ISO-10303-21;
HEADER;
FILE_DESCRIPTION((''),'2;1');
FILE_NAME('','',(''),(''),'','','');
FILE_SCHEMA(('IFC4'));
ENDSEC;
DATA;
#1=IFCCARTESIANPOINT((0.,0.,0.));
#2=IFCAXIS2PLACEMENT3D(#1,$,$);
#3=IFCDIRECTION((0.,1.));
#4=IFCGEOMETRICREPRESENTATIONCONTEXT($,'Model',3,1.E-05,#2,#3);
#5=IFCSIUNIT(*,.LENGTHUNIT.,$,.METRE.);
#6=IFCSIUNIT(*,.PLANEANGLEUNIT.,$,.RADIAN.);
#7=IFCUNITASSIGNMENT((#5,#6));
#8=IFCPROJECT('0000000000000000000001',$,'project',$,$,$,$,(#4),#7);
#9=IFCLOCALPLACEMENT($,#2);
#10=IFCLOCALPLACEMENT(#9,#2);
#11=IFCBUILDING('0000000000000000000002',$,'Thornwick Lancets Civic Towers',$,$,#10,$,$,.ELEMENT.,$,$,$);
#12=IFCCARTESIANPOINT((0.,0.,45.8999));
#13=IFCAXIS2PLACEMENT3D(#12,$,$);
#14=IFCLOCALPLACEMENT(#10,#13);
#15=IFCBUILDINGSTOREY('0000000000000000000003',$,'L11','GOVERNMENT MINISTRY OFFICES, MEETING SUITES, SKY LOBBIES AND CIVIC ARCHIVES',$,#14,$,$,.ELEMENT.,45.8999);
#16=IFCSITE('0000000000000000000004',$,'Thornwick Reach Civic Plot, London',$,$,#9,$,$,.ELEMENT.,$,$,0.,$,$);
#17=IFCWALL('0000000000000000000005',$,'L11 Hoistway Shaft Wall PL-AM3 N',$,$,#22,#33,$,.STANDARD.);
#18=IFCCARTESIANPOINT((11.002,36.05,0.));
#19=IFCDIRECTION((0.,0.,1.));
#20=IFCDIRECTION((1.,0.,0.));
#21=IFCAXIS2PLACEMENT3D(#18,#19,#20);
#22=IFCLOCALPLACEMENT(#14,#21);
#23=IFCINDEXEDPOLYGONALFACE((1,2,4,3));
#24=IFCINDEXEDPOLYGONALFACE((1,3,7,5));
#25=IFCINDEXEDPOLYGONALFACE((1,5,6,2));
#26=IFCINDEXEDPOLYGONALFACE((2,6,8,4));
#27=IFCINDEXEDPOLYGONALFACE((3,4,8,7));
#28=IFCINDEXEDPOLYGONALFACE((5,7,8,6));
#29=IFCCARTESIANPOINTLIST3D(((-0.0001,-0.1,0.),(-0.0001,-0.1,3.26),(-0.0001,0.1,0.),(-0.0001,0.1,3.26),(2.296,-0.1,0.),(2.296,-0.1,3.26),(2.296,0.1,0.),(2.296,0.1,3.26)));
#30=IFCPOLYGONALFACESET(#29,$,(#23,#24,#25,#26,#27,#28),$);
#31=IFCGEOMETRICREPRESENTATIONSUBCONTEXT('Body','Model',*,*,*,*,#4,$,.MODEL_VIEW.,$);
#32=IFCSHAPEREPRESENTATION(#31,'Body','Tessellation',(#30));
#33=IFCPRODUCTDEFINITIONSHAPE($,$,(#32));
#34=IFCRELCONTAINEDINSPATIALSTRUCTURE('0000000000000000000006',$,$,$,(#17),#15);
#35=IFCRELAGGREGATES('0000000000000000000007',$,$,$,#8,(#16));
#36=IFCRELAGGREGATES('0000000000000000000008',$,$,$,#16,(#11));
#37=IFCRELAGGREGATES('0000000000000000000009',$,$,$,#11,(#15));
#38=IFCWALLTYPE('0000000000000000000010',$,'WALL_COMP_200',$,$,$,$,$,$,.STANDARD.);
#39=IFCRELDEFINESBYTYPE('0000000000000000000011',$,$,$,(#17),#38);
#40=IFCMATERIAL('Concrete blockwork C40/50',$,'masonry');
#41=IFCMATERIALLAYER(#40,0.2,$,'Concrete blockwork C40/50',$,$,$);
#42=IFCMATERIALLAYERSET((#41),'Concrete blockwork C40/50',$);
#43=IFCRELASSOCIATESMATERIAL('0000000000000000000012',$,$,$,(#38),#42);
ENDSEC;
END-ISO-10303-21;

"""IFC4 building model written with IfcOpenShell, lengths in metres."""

from ifc_helpers import new_model, si_unit, direction, frame, frame_2d, origin, place, context, subcontext, project, spatial, rectangle, extrude, material, layer, layer_set, type_object, element, save


model = new_model("IFC4")

# Units and contexts
model_context = context("Model", 3, precision=1e-05, world=origin(), true_north=direction((0.0, 1.0)))
body_context = subcontext(model_context, "Body", "Model", "MODEL_VIEW")
ifc_project = project(units=[si_unit("LENGTHUNIT", "METRE"), si_unit("PLANEANGLEUNIT", "RADIAN")], contexts=[model_context])

# Site, building, storey
site_placement = place(None, origin())
site = spatial("IfcSite", under=ifc_project, at=site_placement, Name="Thornwick Reach Civic Plot, London", CompositionType="ELEMENT", RefElevation=0.0)
building_placement = place(site_placement, origin())
building = spatial("IfcBuilding", under=site, at=building_placement, Name="Thornwick Lancets Civic Towers", CompositionType="ELEMENT")
storey_placement = place(building_placement, frame((0.0, 0.0, 45.8999)))
storey = spatial("IfcBuildingStorey", under=building, at=storey_placement, Name="L11", Description="GOVERNMENT MINISTRY OFFICES, MEETING SUITES, SKY LOBBIES AND CIVIC ARCHIVES", CompositionType="ELEMENT", Elevation=45.8999)

# Wall
ifc_material_1 = material(Name="Concrete blockwork C40/50", Category="masonry")
ifc_layer_1 = layer(ifc_material_1, 0.2, Name="Concrete blockwork C40/50")
ifc_layer_set_1 = layer_set([ifc_layer_1], Name="Concrete blockwork C40/50")
wall_type_1 = type_object("IfcWallType", Name="WALL_COMP_200", PredefinedType="STANDARD", material=ifc_layer_set_1)
wall_1_placement = place(storey_placement, frame((11.002, 36.05, 0.0), z_axis=(0.0, 0.0, 1.0), x_axis=(1.0, 0.0, 0.0)))
element("IfcWall", 1, at=wall_1_placement, inside=storey, type_object=wall_type_1, Name="L11 Hoistway Shaft Wall PL-AM3 N", PredefinedType="STANDARD", context=body_context, shape_type="SweptSolid", body=[
    extrude(rectangle(XDim=2.2961, YDim=0.2, at=frame_2d((1.1479, 0.0))), origin(), (0.0, 0.0, 1.0), 3.26),
])

save(model, "model.ifc")
